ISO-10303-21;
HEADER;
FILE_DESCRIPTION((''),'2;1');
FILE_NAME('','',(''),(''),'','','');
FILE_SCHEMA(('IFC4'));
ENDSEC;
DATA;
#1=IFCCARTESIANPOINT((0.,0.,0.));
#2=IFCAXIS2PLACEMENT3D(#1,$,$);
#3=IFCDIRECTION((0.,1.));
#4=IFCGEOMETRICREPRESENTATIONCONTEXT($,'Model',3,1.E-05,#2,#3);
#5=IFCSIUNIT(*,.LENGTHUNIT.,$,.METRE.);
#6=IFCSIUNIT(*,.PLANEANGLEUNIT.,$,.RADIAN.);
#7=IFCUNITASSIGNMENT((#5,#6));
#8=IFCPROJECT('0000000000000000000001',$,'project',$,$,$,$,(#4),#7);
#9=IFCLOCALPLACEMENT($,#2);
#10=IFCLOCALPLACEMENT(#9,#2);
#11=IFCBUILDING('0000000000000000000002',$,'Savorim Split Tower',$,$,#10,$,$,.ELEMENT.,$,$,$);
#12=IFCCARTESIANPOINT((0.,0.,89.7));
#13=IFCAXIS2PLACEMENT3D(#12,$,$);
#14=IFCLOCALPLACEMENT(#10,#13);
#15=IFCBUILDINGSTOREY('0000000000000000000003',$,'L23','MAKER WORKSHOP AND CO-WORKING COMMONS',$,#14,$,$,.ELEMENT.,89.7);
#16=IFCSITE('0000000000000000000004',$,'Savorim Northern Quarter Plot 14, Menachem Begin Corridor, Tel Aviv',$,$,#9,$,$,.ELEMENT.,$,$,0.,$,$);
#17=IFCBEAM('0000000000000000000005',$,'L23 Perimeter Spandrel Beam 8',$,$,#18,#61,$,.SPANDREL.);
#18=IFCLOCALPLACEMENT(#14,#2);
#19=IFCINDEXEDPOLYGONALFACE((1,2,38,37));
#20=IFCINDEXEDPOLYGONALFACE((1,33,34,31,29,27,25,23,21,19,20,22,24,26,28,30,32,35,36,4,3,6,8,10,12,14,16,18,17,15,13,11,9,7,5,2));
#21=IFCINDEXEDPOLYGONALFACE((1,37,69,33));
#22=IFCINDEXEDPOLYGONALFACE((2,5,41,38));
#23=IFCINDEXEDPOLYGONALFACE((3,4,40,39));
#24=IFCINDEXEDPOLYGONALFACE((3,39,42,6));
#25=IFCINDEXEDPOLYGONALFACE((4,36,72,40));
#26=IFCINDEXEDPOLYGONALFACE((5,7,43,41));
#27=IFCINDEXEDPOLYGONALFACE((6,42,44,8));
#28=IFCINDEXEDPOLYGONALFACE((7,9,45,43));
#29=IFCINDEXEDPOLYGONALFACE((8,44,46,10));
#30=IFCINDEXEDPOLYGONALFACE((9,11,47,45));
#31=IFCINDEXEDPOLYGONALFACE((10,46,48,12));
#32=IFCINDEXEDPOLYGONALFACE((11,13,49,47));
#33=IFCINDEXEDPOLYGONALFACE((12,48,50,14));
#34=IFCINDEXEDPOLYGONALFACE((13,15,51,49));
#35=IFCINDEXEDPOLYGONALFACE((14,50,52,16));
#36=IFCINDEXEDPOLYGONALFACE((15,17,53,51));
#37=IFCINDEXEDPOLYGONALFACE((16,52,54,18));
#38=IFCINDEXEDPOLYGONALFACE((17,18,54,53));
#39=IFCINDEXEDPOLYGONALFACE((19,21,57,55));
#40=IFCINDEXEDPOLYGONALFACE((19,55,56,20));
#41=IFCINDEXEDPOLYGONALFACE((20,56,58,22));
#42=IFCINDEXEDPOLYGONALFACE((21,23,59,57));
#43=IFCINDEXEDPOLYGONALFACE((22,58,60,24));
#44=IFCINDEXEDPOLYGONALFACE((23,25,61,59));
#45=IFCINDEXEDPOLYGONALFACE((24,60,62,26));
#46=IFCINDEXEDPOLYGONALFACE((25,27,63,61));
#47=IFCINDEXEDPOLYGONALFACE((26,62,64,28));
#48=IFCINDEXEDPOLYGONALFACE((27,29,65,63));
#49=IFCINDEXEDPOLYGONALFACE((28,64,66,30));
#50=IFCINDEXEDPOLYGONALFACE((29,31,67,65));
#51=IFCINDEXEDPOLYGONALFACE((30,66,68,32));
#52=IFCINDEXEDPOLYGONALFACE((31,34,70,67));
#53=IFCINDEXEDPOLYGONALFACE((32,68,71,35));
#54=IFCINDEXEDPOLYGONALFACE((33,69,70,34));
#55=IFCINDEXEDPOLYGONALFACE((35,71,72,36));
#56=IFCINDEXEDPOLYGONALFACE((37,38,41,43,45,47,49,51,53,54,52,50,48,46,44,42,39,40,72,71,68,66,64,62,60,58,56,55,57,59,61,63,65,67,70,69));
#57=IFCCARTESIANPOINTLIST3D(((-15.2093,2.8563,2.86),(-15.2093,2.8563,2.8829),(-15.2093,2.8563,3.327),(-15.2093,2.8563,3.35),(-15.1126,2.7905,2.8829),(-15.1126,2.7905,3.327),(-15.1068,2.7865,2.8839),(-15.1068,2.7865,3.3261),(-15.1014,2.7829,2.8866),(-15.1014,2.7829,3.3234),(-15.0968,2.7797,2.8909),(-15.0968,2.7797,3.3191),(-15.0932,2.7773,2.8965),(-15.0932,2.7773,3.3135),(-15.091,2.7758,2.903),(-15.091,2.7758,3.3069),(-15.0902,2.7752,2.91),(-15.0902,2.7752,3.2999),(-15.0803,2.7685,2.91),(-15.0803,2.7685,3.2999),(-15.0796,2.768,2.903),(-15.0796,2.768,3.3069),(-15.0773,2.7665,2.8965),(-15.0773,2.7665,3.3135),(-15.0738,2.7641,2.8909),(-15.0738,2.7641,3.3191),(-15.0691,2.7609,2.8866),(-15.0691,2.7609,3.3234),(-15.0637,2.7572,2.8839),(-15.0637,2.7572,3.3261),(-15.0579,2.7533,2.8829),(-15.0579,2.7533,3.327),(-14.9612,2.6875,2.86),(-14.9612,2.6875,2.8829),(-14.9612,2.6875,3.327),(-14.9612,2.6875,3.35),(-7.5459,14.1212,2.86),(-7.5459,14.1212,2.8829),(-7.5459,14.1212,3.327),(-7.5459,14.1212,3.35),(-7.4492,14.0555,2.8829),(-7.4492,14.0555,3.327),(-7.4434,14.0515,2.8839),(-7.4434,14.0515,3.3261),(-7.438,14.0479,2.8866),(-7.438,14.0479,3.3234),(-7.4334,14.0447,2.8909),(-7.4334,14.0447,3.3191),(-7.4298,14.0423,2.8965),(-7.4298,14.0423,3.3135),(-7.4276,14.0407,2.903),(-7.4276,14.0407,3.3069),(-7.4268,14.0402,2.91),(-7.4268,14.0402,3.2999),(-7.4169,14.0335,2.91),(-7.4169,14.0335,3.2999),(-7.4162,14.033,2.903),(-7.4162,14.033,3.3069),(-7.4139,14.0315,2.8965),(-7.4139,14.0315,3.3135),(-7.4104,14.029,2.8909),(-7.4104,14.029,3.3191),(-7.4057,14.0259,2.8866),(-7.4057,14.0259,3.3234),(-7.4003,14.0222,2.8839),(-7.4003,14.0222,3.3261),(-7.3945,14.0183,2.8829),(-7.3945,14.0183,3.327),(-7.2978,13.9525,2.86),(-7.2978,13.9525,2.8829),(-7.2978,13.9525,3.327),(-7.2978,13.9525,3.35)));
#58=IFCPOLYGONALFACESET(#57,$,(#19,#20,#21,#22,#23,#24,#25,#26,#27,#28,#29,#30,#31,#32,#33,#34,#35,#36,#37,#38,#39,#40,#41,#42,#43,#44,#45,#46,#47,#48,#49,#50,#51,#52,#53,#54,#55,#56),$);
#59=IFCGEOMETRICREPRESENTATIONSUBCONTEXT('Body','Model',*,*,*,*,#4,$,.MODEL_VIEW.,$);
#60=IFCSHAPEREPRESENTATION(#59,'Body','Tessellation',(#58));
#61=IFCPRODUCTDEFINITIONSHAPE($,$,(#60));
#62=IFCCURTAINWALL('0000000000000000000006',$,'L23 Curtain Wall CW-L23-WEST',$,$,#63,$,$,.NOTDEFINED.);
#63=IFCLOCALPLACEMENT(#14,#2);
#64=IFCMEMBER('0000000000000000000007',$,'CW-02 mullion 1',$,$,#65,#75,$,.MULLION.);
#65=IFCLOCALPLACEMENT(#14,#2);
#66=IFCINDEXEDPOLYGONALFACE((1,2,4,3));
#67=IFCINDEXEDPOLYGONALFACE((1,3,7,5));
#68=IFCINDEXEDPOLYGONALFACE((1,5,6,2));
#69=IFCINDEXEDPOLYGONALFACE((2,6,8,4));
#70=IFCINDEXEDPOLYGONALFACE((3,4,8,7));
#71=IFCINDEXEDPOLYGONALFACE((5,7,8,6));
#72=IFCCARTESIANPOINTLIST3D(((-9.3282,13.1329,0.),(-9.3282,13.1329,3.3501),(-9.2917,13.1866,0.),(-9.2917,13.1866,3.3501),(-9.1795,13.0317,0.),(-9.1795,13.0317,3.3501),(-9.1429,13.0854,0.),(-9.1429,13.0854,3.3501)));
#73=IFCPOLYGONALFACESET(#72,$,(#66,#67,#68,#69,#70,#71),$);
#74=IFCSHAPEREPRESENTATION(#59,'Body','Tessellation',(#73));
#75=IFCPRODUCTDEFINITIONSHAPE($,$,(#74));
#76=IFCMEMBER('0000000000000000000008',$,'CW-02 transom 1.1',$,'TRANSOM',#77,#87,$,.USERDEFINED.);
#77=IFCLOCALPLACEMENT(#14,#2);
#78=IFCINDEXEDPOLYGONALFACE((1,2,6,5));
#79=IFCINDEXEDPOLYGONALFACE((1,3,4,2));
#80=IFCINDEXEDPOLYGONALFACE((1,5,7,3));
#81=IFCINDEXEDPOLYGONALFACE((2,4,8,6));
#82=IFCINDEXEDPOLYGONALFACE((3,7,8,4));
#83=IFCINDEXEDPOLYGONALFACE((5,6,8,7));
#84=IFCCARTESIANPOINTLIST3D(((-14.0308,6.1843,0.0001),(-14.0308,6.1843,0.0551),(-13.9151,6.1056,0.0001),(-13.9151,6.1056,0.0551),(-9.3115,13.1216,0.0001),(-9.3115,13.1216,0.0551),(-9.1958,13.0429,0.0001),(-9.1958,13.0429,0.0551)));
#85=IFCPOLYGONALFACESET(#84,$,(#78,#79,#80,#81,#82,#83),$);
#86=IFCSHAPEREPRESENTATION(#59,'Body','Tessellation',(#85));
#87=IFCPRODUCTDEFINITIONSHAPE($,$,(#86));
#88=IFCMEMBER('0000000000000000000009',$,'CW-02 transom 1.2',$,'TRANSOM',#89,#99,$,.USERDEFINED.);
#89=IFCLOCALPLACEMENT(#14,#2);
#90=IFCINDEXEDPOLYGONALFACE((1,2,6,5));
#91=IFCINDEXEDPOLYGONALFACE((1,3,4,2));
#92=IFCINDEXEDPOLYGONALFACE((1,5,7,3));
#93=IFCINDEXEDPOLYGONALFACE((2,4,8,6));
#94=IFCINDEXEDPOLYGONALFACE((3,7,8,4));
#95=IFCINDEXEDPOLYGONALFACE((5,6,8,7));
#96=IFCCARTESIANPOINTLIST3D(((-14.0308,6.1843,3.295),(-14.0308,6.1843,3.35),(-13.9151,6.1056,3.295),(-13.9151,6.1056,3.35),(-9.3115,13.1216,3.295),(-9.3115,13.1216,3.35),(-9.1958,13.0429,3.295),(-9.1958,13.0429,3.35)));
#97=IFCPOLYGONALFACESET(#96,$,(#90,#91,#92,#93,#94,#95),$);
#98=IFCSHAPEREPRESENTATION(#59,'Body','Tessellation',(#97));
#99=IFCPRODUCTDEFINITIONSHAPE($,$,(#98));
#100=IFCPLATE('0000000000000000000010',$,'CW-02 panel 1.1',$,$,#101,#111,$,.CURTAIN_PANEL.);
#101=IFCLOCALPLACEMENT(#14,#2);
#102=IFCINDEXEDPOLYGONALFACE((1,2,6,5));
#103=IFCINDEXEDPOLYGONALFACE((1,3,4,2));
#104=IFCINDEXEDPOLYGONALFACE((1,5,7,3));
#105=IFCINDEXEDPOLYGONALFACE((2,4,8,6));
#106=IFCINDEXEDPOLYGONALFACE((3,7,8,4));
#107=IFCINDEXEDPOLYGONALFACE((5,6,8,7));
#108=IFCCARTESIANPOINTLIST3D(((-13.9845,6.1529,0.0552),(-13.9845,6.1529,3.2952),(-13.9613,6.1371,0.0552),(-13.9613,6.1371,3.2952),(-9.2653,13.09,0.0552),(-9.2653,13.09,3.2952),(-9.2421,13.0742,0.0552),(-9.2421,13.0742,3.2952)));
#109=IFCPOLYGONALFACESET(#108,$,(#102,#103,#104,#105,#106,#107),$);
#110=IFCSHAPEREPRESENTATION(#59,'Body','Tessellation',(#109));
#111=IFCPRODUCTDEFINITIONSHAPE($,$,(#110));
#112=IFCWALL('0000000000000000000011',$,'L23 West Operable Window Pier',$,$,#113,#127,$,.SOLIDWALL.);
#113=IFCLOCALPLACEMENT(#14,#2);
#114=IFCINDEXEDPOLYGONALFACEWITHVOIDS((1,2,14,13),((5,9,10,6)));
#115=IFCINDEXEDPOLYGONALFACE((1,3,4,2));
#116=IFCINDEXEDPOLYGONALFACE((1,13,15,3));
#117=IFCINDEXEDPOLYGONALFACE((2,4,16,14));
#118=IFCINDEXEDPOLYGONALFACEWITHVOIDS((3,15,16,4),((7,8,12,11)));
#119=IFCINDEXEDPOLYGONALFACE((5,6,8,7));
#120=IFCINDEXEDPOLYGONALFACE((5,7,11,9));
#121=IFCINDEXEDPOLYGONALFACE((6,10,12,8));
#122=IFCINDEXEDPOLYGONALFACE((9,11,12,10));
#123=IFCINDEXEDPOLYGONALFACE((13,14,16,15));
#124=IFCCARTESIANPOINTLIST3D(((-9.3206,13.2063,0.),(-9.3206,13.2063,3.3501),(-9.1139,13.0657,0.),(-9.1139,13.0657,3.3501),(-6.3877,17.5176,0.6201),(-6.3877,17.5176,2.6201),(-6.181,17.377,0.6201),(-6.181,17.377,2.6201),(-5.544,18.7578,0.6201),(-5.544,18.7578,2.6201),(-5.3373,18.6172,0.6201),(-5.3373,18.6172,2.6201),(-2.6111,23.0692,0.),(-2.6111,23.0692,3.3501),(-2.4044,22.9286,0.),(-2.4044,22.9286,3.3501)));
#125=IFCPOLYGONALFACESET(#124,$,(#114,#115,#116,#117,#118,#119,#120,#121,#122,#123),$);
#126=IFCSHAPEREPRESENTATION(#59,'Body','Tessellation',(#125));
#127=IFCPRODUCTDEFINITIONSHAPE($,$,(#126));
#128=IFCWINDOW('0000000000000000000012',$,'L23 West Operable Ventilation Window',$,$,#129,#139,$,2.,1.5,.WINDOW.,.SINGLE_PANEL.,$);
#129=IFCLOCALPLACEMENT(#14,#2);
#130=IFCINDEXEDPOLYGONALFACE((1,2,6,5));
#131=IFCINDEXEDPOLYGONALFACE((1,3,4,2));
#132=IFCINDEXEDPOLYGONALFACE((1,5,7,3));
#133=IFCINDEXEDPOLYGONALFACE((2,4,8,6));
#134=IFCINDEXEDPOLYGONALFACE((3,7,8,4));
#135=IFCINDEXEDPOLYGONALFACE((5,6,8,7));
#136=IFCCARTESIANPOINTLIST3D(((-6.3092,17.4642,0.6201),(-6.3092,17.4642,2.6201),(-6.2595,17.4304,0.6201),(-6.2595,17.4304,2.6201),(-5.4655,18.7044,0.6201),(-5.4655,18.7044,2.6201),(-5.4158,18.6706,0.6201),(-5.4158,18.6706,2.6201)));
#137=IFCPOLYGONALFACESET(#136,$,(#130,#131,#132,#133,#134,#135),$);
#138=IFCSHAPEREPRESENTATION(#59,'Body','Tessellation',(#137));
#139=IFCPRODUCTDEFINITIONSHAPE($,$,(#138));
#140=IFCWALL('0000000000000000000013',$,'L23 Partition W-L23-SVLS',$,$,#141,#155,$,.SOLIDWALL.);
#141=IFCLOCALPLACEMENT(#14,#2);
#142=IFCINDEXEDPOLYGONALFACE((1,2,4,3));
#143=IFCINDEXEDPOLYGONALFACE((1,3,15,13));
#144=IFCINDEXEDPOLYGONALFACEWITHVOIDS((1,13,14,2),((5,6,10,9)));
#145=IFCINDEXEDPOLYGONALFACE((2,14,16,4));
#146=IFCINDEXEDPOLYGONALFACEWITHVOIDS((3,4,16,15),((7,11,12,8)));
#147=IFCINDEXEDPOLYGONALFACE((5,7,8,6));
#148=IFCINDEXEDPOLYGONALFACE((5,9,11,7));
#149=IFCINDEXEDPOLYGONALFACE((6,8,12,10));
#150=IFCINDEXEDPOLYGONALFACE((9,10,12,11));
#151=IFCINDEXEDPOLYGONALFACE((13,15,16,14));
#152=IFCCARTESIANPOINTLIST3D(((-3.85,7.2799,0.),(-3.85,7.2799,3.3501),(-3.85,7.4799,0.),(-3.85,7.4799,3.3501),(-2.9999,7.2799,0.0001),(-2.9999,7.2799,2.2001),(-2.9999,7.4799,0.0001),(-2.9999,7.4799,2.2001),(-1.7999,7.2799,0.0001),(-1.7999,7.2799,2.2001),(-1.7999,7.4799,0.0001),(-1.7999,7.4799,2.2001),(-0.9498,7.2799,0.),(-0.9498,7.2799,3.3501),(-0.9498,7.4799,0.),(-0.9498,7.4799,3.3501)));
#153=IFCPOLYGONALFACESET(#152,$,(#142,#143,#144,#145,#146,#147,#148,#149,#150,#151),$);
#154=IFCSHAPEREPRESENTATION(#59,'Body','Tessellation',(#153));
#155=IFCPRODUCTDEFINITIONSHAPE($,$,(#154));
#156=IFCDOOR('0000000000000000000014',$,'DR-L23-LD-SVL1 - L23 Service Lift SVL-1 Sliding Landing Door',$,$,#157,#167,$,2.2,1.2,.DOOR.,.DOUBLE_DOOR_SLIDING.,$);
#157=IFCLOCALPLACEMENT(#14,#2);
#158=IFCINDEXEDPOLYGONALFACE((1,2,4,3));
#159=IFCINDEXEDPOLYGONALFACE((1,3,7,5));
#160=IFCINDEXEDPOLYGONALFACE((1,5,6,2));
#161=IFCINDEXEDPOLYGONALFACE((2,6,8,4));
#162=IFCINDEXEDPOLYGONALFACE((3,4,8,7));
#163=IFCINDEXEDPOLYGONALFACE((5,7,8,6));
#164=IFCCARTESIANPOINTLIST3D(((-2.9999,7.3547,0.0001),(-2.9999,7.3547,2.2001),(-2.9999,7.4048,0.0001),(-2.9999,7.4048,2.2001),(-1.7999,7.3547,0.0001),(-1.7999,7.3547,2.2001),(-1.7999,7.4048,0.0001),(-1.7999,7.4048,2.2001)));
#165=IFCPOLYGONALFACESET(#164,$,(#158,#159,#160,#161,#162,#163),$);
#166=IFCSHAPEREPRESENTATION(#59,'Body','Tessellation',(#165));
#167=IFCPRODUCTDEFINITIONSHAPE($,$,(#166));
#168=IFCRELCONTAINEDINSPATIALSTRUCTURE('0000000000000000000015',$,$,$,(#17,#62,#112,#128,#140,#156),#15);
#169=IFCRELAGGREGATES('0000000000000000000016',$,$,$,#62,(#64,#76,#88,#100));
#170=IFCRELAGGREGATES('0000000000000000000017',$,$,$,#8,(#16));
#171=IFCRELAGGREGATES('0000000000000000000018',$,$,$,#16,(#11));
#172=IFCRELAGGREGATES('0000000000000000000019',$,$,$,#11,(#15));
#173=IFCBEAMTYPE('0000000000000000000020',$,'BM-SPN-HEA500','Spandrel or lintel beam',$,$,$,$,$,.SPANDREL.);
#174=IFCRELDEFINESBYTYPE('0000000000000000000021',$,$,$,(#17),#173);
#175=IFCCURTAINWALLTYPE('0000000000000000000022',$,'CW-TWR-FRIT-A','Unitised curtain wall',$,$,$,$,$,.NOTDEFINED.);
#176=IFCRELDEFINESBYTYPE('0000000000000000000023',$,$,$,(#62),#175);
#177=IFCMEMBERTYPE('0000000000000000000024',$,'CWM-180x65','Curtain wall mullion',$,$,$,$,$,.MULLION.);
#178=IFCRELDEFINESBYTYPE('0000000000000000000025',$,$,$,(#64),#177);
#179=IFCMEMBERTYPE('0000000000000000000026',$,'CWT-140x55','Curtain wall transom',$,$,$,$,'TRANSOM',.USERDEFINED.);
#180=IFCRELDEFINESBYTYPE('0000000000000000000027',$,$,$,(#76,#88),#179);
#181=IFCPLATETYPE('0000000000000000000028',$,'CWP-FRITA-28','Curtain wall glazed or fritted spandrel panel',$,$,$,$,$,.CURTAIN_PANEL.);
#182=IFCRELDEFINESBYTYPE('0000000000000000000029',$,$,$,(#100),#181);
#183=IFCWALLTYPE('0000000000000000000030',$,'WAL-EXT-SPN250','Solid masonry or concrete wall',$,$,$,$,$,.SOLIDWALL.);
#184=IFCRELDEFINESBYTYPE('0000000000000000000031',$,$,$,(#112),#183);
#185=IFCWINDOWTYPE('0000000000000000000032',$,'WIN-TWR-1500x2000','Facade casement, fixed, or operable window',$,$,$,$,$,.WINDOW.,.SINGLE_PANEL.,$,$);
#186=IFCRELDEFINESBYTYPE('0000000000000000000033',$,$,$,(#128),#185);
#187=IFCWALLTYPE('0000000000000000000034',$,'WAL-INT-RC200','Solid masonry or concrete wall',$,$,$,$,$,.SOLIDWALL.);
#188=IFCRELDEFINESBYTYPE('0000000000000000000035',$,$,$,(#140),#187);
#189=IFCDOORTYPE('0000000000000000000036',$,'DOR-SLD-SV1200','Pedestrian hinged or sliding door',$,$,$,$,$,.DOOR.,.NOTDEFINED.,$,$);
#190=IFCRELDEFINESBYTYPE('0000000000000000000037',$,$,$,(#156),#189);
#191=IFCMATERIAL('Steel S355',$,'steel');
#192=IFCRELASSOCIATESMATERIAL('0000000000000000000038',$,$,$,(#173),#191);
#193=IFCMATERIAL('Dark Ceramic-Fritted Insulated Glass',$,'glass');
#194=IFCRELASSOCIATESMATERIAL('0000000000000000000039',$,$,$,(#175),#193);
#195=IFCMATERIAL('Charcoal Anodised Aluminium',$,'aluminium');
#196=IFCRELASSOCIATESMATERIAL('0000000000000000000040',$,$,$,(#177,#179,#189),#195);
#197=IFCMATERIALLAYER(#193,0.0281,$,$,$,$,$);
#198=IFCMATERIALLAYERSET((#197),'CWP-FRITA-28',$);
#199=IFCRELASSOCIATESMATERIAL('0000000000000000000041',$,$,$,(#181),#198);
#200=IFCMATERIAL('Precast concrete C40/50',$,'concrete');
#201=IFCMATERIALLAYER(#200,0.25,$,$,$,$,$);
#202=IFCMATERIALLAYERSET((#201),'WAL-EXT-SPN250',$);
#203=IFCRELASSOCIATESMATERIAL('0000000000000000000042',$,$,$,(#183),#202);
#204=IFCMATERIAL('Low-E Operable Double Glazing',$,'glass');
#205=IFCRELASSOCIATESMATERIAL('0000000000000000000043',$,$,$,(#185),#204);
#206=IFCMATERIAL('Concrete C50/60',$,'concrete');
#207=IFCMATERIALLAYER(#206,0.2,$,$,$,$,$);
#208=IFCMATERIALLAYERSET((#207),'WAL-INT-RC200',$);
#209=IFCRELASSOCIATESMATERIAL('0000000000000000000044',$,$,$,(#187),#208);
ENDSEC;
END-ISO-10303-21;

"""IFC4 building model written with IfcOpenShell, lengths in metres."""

from ifc_helpers import new_model, si_unit, direction, frame, frame_2d, origin, origin_2d, place, context, subcontext, project, spatial, rectangle, i_section, extrude, material, layer, layer_set, material_profile, profile_set, type_object, element, fill, aggregate, save


model = new_model("IFC4")

# Units and contexts
model_context = context("Model", 3, precision=1e-05, world=origin(), true_north=direction((0.0, 1.0)))
body_context = subcontext(model_context, "Body", "Model", "MODEL_VIEW")
ifc_project = project(units=[si_unit("LENGTHUNIT", "METRE"), si_unit("PLANEANGLEUNIT", "RADIAN")], contexts=[model_context])

# Site, building, storey
site_placement = place(None, origin())
site = spatial("IfcSite", under=ifc_project, at=site_placement, Name="Savorim Northern Quarter Plot 14, Menachem Begin Corridor, Tel Aviv", CompositionType="ELEMENT", RefElevation=0.0)
building_placement = place(site_placement, origin())
building = spatial("IfcBuilding", under=site, at=building_placement, Name="Savorim Split Tower", CompositionType="ELEMENT")
storey_placement = place(building_placement, frame((0.0, 0.0, 89.7)))
storey = spatial("IfcBuildingStorey", under=building, at=storey_placement, Name="L23", Description="MAKER WORKSHOP AND CO-WORKING COMMONS", CompositionType="ELEMENT", Elevation=89.7)

# Beam
ifc_material_1 = material(Name="Steel S355", Category="steel")
ifc_material_profile_1 = material_profile(ifc_material_1, i_section(OverallWidth=0.3, OverallDepth=0.49, WebThickness=0.012, FlangeThickness=0.0229, FilletRadius=0.0271, at=origin_2d()), Name="HEA 500")
ifc_profile_set_1 = profile_set([ifc_material_profile_1], Name="Steel S355")
beam_type_1 = type_object("IfcBeamType", Name="BM-SPN-HEA500", Description="Spandrel or lintel beam", PredefinedType="SPANDREL", material=ifc_profile_set_1)
beam_1_placement = place(storey_placement, frame((-7.4219, 14.0369, 3.105), z_axis=(-0.562471, -0.826817, 0.0), x_axis=(0.826817, -0.562471, 0.0)))
element("IfcBeam", 1, at=beam_1_placement, inside=storey, type_object=beam_type_1, Name="L23 Perimeter Spandrel Beam 8", PredefinedType="SPANDREL", context=body_context, shape_type="SweptSolid", body=[
    extrude(i_section(OverallWidth=0.3, OverallDepth=0.49, WebThickness=0.012, FlangeThickness=0.0229, FilletRadius=0.0271, at=origin_2d()), origin(), (0.0, 0.0, 1.0), 13.6245),
])

# Curtain wall, members, plate
ifc_material_2 = material(Name="Dark Ceramic-Fritted Insulated Glass", Category="glass")
curtain_wall_type = type_object("IfcCurtainWallType", Name="CW-TWR-FRIT-A", Description="Unitised curtain wall", PredefinedType="NOTDEFINED", material=ifc_material_2)
curtain_wall_placement = place(storey_placement, origin())
curtain_wall = element("IfcCurtainWall", 2, at=curtain_wall_placement, inside=storey, type_object=curtain_wall_type, Name="L23 Curtain Wall CW-L23-WEST", PredefinedType="NOTDEFINED")
ifc_material_3 = material(Name="Charcoal Anodised Aluminium", Category="aluminium")
ifc_material_profile_2 = material_profile(ifc_material_3, rectangle(XDim=0.1799, YDim=0.0649, at=origin_2d()), Name="ALU-M 180x65")
ifc_profile_set_2 = profile_set([ifc_material_profile_2], Name="Charcoal Anodised Aluminium")
member_type_1 = type_object("IfcMemberType", Name="CWM-180x65", Description="Curtain wall mullion", PredefinedType="MULLION", material=ifc_profile_set_2)
member_1_placement = place(storey_placement, frame((-9.2356, 13.1091, 0.0), z_axis=(0.0, 0.0, 1.0), x_axis=(0.826819, -0.562468, 0.0)))
member_1 = element("IfcMember", 3, at=member_1_placement, type_object=member_type_1, Name="CW-02 mullion 1", PredefinedType="MULLION", context=body_context, shape_type="SweptSolid", body=[
    extrude(rectangle(XDim=0.1799, YDim=0.0649, at=origin_2d()), origin(), (0.0, 0.0, 1.0), 3.3501),
])
ifc_material_profile_3 = material_profile(ifc_material_3, rectangle(XDim=0.1399, YDim=0.0549, at=origin_2d()), Name="ALU-T 140x55")
ifc_profile_set_3 = profile_set([ifc_material_profile_3], Name="Charcoal Anodised Aluminium")
member_type_2 = type_object("IfcMemberType", Name="CWT-140x55", Description="Curtain wall transom", ElementType="TRANSOM", PredefinedType="USERDEFINED", material=ifc_profile_set_3)
member_2_placement = place(storey_placement, frame((-9.2537, 13.0823, 0.0276), z_axis=(-0.562465, -0.826821, 0.0), x_axis=(0.826821, -0.562465, 0.0)))
member_2 = element("IfcMember", 4, at=member_2_placement, type_object=member_type_2, Name="CW-02 transom 1.1", ObjectType="TRANSOM", PredefinedType="USERDEFINED", context=body_context, shape_type="SweptSolid", body=[
    extrude(rectangle(XDim=0.1399, YDim=0.0549, at=origin_2d()), origin(), (0.0, 0.0, 1.0), 8.3904),
])
member_3_placement = place(storey_placement, frame((-9.2537, 13.0823, 3.3225), z_axis=(-0.562465, -0.826821, 0.0), x_axis=(0.826821, -0.562465, 0.0)))
member_3 = element("IfcMember", 5, at=member_3_placement, type_object=member_type_2, Name="CW-02 transom 1.2", ObjectType="TRANSOM", PredefinedType="USERDEFINED", context=body_context, shape_type="SweptSolid", body=[
    extrude(rectangle(XDim=0.1399, YDim=0.0549, at=origin_2d()), origin(), (0.0, 0.0, 1.0), 8.3904),
])
ifc_layer_1 = layer(ifc_material_2, 0.0281)
ifc_layer_set_1 = layer_set([ifc_layer_1], Name="CWP-FRITA-28")
plate_type = type_object("IfcPlateType", Name="CWP-FRITA-28", Description="Curtain wall glazed or fritted spandrel panel", PredefinedType="CURTAIN_PANEL", material=ifc_layer_set_1)
plate_placement = place(storey_placement, frame((-11.6133, 9.6135, 0.0552), z_axis=(0.0, 0.0, 1.0), x_axis=(-0.562468, -0.826819, 0.0)))
plate = element("IfcPlate", 6, at=plate_placement, type_object=plate_type, Name="CW-02 panel 1.1", PredefinedType="CURTAIN_PANEL", context=body_context, shape_type="SweptSolid", body=[
    extrude(rectangle(XDim=8.3901, YDim=0.0281, at=origin_2d()), origin(), (0.0, 0.0, 1.0), 3.24),
])
aggregate(curtain_wall, [member_1, member_2, member_3, plate])

# Shared definitions
ifc_material_4 = material(Name="Precast concrete C40/50", Category="concrete")

# Wall, opening, window
ifc_layer_2 = layer(ifc_material_4, 0.25)
ifc_layer_set_2 = layer_set([ifc_layer_2], Name="WAL-EXT-SPN250")
wall_type_1 = type_object("IfcWallType", Name="WAL-EXT-SPN250", Description="Solid masonry or concrete wall", PredefinedType="SOLIDWALL", material=ifc_layer_set_2)
wall_1_placement = place(storey_placement, frame((-9.2173, 13.136, 0.0), z_axis=(0.0, 0.0, 1.0), x_axis=(0.562469, 0.826818, 0.0)))
wall_1 = element("IfcWall", 7, at=wall_1_placement, inside=storey, type_object=wall_type_1, Name="L23 West Operable Window Pier", PredefinedType="SOLIDWALL", context=body_context, shape_type="SweptSolid", body=[
    extrude(rectangle(XDim=11.9287, YDim=0.25, at=frame_2d((5.9644, 0.0))), origin(), (0.0, 0.0, 1.0), 3.3501),
])
opening_1_placement = place(wall_1_placement, frame((5.2144, 0.0, 0.6201)))
opening_1 = element("IfcOpeningElement", 8, at=opening_1_placement, cuts=wall_1, PredefinedType="OPENING", context=body_context, shape_type="SweptSolid", body=[
    extrude(rectangle(XDim=1.5, YDim=2.0, at=frame_2d((0.75, 1.0))), frame((0.0, 0.135, 0.0), z_axis=(0.0, -1.0, 0.0), x_axis=(1.0, 0.0, 0.0)), (0.0, 0.0, 1.0), 0.27),
])
ifc_material_5 = material(Name="Low-E Operable Double Glazing", Category="glass")
window_type = type_object("IfcWindowType", Name="WIN-TWR-1500x2000", Description="Facade casement, fixed, or operable window", PartitioningType="SINGLE_PANEL", PredefinedType="WINDOW", material=ifc_material_5)
window_placement = place(opening_1_placement, origin())
window = element("IfcWindow", 9, at=window_placement, inside=storey, type_object=window_type, Name="L23 West Operable Ventilation Window", OverallHeight=2.0, OverallWidth=1.5, PartitioningType="SINGLE_PANEL", PredefinedType="WINDOW", context=body_context, shape_type="SweptSolid", body=[
    extrude(rectangle(XDim=1.5, YDim=2.0, at=frame_2d((0.75, 1.0))), frame((0.0, 0.03, 0.0), z_axis=(0.0, -1.0, 0.0), x_axis=(1.0, 0.0, 0.0)), (0.0, 0.0, 1.0), 0.0601),
])
fill(opening_1, window)

# Wall, opening, door
ifc_material_6 = material(Name="Concrete C50/60", Category="concrete")
ifc_layer_3 = layer(ifc_material_6, 0.2)
ifc_layer_set_3 = layer_set([ifc_layer_3], Name="WAL-INT-RC200")
wall_type_2 = type_object("IfcWallType", Name="WAL-INT-RC200", Description="Solid masonry or concrete wall", PredefinedType="SOLIDWALL", material=ifc_layer_set_3)
wall_2_placement = place(storey_placement, frame((-3.8501, 7.3799, 0.0), z_axis=(0.0, 0.0, 1.0), x_axis=(1.0, 0.0, 0.0)))
wall_2 = element("IfcWall", 10, at=wall_2_placement, inside=storey, type_object=wall_type_2, Name="L23 Partition W-L23-SVLS", PredefinedType="SOLIDWALL", context=body_context, shape_type="SweptSolid", body=[
    extrude(rectangle(XDim=2.9001, YDim=0.2, at=frame_2d((1.4502, 0.0))), origin(), (0.0, 0.0, 1.0), 3.3501),
])
opening_2_placement = place(wall_2_placement, frame((0.8501, 0.0, 0.0)))
opening_2 = element("IfcOpeningElement", 11, at=opening_2_placement, cuts=wall_2, PredefinedType="OPENING", context=body_context, shape_type="SweptSolid", body=[
    extrude(rectangle(XDim=1.2, YDim=2.2, at=frame_2d((0.6001, 1.1001))), frame((0.0, 0.1099, 0.0), z_axis=(0.0, -1.0, 0.0), x_axis=(1.0, 0.0, 0.0)), (0.0, 0.0, 1.0), 0.22),
])
door_type_1 = type_object("IfcDoorType", Name="DOR-SLD-SV1200", Description="Pedestrian hinged or sliding door", OperationType="NOTDEFINED", PredefinedType="DOOR", material=ifc_material_3)
door_1_placement = place(opening_2_placement, origin())
door_1 = element("IfcDoor", 12, at=door_1_placement, inside=storey, type_object=door_type_1, Name="DR-L23-LD-SVL1 - L23 Service Lift SVL-1 Sliding Landing Door", OperationType="DOUBLE_DOOR_SLIDING", OverallHeight=2.2, OverallWidth=1.2, PredefinedType="DOOR", context=body_context, shape_type="SweptSolid", body=[
    extrude(rectangle(XDim=1.2, YDim=2.2, at=frame_2d((0.6001, 1.1001))), frame((0.0, 0.0249, 0.0), z_axis=(0.0, -1.0, 0.0), x_axis=(1.0, 0.0, 0.0)), (0.0, 0.0, 1.0), 0.05),
])
fill(opening_2, door_1)

save(model, "model.ifc")
